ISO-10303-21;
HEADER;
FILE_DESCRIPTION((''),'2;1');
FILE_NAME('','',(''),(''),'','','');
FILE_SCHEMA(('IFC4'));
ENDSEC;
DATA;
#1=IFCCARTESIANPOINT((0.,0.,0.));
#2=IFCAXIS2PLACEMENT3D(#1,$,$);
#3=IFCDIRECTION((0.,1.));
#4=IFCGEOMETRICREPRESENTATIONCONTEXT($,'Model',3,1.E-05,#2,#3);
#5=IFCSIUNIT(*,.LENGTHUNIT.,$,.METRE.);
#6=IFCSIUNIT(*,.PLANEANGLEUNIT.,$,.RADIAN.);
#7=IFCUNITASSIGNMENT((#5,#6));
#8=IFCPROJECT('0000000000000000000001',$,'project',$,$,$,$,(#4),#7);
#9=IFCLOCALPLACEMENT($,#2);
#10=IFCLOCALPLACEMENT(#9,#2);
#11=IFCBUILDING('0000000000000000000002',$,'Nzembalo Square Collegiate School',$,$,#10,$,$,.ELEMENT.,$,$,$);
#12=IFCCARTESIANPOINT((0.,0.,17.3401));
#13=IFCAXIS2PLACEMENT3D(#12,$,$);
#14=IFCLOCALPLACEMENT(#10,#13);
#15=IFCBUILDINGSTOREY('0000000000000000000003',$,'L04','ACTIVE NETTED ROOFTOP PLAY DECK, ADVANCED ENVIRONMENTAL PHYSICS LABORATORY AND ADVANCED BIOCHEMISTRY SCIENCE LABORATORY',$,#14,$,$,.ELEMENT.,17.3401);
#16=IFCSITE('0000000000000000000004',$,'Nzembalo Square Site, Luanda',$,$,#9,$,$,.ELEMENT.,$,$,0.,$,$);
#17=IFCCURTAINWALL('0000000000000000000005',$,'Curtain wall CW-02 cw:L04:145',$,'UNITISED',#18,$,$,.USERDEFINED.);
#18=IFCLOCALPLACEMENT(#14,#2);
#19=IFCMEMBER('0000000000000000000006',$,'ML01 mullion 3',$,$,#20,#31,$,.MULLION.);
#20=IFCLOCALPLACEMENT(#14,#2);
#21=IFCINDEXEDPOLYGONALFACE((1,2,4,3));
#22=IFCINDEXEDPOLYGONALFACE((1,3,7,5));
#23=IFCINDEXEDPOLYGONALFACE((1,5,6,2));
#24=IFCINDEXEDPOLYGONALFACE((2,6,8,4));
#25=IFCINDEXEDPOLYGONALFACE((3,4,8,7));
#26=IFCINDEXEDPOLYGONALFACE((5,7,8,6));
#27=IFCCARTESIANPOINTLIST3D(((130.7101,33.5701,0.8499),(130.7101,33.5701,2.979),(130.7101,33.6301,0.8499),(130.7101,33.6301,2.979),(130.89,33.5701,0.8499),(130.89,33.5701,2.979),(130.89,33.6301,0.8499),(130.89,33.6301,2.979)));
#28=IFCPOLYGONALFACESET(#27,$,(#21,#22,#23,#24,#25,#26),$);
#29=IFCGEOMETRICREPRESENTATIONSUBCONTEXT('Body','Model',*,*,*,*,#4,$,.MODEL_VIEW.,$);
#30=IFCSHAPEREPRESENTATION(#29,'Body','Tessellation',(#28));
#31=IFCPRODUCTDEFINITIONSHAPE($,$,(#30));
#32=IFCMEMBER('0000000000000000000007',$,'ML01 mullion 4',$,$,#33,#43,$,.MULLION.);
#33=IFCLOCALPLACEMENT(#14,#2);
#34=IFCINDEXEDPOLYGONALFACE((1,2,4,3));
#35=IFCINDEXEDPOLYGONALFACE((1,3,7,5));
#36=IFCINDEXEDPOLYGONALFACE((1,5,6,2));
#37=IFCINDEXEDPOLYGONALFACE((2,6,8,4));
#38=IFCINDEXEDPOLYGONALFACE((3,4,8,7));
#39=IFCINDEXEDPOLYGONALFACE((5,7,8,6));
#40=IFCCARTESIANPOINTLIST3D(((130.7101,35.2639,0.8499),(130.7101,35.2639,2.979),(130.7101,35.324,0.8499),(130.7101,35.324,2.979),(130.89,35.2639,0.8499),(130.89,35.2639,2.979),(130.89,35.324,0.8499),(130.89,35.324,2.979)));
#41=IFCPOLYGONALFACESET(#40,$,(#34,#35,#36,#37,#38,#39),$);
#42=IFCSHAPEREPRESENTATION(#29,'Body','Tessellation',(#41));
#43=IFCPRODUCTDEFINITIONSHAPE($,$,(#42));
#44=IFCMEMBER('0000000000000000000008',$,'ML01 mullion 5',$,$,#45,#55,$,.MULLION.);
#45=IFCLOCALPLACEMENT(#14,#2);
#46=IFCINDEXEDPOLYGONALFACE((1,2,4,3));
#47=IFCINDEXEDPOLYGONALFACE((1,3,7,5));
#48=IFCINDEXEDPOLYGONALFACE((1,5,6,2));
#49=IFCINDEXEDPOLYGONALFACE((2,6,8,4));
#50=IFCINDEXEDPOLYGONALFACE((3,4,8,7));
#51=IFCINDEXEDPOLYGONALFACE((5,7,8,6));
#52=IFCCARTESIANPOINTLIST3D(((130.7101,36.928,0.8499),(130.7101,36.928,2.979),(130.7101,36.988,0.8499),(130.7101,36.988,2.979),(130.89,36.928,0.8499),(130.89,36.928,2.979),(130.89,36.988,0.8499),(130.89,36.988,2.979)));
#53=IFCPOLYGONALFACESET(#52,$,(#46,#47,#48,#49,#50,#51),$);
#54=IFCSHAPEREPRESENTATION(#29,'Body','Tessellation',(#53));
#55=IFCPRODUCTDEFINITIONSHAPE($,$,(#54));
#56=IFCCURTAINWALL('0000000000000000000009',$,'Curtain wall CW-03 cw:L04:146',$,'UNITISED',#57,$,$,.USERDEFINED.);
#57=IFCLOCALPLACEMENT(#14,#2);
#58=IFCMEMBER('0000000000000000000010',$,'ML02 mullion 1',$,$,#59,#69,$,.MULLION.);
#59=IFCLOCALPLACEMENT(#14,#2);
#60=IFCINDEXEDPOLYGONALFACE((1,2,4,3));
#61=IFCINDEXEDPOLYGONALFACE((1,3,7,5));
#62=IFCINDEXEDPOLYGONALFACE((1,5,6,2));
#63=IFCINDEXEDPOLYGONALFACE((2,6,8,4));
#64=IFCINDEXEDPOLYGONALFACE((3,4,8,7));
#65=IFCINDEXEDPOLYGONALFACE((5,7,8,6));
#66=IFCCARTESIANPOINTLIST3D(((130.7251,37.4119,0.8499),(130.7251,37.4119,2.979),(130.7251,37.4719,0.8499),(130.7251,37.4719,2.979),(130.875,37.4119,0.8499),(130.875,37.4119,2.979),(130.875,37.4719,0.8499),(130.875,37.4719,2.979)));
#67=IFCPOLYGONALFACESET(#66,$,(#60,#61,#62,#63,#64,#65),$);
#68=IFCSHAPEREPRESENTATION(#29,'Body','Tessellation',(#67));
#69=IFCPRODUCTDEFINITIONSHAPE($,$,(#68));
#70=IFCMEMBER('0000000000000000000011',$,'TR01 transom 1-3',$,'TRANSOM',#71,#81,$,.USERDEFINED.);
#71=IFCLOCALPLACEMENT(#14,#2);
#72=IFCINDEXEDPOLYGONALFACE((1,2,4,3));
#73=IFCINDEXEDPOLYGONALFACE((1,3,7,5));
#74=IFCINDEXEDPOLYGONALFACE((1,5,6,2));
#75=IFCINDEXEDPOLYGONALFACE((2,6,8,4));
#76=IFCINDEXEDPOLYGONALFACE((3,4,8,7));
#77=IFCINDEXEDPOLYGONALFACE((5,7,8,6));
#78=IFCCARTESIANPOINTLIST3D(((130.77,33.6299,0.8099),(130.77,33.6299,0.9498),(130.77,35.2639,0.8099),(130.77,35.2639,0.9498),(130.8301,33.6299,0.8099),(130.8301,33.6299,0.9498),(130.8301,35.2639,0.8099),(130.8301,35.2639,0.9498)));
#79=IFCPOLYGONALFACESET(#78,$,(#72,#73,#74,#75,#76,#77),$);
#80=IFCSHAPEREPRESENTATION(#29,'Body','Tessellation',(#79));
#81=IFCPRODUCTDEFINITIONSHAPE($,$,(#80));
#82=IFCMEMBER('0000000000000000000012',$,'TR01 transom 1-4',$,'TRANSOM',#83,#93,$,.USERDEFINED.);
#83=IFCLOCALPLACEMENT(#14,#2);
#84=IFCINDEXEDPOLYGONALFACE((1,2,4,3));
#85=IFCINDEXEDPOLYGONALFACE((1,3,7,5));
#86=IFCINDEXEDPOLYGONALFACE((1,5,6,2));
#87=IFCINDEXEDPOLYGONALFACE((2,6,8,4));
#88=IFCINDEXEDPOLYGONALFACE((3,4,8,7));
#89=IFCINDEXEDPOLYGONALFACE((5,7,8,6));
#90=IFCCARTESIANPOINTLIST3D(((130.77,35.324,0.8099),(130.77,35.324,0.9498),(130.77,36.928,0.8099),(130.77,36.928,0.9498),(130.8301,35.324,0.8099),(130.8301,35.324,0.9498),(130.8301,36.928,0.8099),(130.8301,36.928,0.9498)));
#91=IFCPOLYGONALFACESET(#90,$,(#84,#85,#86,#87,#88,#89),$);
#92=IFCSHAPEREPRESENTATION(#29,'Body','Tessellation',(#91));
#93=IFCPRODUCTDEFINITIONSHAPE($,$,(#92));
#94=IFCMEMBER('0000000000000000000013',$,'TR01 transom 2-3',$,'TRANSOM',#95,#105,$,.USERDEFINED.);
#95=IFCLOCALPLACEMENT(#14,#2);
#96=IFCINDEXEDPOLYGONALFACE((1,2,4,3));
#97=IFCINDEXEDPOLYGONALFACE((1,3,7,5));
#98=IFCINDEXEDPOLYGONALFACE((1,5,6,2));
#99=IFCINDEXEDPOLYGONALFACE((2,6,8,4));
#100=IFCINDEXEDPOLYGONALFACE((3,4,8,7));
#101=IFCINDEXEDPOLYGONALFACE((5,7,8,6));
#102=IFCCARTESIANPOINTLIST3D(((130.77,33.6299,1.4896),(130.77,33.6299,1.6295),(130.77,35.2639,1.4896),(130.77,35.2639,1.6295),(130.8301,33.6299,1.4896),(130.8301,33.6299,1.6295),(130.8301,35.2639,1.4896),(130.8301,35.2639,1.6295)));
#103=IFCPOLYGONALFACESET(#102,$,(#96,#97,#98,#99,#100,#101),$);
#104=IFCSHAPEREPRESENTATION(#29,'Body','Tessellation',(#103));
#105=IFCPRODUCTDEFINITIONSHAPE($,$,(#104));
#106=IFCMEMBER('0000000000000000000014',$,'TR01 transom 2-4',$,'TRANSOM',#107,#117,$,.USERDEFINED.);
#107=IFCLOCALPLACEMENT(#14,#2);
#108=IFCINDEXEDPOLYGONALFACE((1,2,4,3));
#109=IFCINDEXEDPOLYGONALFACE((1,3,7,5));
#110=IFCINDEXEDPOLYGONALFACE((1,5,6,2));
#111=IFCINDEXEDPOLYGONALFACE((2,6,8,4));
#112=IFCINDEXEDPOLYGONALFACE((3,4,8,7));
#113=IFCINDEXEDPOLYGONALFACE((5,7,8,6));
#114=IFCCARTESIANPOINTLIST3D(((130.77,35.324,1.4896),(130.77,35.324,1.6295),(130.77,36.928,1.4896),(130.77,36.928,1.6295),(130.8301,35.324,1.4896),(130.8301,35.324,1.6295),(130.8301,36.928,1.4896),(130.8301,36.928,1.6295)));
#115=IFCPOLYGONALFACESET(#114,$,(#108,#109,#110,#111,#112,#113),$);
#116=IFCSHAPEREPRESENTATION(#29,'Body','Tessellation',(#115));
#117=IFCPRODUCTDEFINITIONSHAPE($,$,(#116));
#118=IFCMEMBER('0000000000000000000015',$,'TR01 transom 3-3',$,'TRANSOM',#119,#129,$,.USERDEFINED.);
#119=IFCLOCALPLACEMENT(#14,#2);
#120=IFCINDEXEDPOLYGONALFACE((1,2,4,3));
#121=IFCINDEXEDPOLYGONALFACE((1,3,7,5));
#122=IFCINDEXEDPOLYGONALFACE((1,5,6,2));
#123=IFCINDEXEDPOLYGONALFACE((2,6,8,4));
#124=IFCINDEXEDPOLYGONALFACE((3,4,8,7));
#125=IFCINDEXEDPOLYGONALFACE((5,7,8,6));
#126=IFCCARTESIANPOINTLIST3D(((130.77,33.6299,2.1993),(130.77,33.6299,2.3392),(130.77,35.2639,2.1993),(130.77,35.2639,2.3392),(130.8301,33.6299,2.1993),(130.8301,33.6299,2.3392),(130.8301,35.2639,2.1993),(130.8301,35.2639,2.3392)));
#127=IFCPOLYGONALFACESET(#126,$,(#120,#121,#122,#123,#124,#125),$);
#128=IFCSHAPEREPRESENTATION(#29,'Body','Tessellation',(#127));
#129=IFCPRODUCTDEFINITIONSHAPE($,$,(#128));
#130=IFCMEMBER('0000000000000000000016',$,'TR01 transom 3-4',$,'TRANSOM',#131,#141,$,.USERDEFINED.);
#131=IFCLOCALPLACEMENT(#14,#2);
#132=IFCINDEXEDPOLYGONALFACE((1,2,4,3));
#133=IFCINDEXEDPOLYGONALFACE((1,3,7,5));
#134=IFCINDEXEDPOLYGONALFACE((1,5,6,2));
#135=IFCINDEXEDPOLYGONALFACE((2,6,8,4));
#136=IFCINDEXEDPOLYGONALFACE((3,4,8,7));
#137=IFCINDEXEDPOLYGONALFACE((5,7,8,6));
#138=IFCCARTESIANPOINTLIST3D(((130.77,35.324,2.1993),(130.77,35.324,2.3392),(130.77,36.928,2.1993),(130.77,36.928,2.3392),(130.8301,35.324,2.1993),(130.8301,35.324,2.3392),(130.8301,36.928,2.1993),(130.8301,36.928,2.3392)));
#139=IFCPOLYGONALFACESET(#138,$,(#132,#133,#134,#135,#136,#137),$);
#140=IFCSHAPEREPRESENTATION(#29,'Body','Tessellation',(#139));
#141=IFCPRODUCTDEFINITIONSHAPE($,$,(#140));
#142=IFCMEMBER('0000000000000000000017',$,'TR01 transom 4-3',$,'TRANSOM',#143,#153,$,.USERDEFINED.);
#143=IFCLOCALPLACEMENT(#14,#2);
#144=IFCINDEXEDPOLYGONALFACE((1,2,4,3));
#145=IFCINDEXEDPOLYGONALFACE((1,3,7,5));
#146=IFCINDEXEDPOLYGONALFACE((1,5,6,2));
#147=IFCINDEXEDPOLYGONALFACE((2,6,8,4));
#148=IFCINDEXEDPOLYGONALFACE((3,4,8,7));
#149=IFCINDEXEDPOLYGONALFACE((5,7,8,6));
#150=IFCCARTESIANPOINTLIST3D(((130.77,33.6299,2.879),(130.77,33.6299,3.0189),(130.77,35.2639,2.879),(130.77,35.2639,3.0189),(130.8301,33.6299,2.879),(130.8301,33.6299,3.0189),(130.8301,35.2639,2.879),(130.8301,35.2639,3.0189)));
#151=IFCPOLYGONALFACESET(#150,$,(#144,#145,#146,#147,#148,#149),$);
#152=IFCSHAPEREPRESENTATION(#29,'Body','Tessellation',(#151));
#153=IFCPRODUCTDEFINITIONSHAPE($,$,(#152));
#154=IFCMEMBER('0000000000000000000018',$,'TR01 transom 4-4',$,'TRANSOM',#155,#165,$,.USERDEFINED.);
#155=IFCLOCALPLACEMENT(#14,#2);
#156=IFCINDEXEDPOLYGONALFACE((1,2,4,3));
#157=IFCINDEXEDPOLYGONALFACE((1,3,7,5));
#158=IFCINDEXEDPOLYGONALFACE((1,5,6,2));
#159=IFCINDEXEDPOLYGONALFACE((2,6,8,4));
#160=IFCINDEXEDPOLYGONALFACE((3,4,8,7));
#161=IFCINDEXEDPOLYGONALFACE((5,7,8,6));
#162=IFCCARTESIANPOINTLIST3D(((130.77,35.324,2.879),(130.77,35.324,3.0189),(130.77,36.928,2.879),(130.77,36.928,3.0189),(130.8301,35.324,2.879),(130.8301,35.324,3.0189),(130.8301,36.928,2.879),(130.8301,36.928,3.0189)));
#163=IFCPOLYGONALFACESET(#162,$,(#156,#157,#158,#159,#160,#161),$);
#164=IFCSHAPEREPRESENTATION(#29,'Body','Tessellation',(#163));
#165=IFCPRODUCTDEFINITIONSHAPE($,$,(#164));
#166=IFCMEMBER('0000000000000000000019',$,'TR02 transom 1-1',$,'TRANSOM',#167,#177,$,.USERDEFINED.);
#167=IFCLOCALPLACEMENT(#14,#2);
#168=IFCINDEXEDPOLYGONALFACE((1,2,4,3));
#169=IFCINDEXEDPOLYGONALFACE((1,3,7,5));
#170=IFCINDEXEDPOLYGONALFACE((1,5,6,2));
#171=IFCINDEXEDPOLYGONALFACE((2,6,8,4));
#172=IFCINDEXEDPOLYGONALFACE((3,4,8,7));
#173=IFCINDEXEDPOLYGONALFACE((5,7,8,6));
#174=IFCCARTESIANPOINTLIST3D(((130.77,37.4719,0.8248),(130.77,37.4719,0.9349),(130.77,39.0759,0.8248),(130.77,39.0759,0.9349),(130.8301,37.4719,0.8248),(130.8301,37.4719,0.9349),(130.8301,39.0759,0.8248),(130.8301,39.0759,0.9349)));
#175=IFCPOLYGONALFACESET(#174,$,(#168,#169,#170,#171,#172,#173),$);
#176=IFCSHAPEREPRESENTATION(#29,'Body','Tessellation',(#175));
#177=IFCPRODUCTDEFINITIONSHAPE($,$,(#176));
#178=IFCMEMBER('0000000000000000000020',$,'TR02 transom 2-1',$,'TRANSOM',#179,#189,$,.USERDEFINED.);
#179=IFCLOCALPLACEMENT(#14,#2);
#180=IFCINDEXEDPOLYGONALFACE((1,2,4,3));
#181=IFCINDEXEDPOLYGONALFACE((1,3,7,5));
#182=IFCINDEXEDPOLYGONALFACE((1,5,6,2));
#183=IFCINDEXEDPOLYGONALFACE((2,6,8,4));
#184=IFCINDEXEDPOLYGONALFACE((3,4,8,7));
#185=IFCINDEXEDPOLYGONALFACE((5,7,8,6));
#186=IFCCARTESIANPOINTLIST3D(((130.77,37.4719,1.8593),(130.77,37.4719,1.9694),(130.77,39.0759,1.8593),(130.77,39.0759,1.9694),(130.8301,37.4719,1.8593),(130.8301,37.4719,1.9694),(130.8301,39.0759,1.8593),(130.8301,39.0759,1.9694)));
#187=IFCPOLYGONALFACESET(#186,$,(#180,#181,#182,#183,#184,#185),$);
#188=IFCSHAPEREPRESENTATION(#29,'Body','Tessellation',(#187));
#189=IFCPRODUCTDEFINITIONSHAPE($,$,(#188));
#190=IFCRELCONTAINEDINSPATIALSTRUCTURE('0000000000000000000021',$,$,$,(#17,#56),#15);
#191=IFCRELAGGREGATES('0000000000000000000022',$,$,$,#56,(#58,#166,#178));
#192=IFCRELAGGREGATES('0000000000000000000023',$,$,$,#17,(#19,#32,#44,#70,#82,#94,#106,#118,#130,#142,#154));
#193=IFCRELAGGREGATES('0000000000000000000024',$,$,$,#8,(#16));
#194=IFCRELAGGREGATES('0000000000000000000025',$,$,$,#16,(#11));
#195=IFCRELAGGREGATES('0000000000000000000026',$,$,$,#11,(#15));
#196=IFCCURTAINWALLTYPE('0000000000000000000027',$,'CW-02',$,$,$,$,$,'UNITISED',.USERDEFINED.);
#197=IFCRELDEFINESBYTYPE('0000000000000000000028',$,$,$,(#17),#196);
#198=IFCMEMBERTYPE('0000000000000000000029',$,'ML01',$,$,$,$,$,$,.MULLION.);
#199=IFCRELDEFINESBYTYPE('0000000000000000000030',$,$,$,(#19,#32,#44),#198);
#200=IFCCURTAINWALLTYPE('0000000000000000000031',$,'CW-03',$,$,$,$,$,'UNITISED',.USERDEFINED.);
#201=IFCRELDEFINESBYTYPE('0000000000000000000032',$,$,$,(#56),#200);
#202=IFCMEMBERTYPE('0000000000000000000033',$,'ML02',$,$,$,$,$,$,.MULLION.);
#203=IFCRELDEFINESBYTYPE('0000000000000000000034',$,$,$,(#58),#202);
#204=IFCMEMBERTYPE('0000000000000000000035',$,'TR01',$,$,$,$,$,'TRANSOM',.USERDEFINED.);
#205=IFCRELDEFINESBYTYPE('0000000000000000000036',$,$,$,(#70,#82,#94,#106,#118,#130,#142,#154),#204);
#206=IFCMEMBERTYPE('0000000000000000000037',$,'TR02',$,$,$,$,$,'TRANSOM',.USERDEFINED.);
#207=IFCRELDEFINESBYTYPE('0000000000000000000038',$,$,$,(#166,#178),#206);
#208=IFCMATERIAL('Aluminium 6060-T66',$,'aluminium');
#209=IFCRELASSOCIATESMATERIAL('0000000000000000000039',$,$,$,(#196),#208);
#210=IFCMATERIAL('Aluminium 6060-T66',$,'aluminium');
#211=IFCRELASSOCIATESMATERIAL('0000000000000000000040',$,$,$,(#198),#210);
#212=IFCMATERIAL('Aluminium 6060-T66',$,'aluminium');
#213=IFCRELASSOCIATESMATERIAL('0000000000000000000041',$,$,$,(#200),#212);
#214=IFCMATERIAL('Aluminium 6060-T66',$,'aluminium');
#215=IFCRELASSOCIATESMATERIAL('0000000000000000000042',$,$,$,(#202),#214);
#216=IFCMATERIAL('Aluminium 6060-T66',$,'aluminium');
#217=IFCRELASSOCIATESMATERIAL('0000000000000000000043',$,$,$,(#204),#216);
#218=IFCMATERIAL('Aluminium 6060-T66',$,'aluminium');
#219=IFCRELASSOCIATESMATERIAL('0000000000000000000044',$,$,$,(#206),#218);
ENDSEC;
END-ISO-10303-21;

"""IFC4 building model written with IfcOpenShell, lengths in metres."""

from ifc_helpers import new_model, si_unit, direction, frame, origin, origin_2d, place, context, subcontext, project, spatial, rectangle, extrude, material, material_profile, profile_set, type_object, element, aggregate, save


model = new_model("IFC4")

# Units and contexts
model_context = context("Model", 3, precision=1e-05, world=origin(), true_north=direction((0.0, 1.0)))
body_context = subcontext(model_context, "Body", "Model", "MODEL_VIEW")
ifc_project = project(units=[si_unit("LENGTHUNIT", "METRE"), si_unit("PLANEANGLEUNIT", "RADIAN")], contexts=[model_context])

# Site, building, storey
site_placement = place(None, origin())
site = spatial("IfcSite", under=ifc_project, at=site_placement, Name="Nzembalo Square Site, Luanda", CompositionType="ELEMENT", RefElevation=0.0)
building_placement = place(site_placement, origin())
building = spatial("IfcBuilding", under=site, at=building_placement, Name="Nzembalo Square Collegiate School", CompositionType="ELEMENT")
storey_placement = place(building_placement, frame((0.0, 0.0, 17.3401)))
storey = spatial("IfcBuildingStorey", under=building, at=storey_placement, Name="L04", Description="ACTIVE NETTED ROOFTOP PLAY DECK, ADVANCED ENVIRONMENTAL PHYSICS LABORATORY AND ADVANCED BIOCHEMISTRY SCIENCE LABORATORY", CompositionType="ELEMENT", Elevation=17.3401)

# Curtain wall, members
ifc_material_1 = material(Name="Aluminium 6060-T66", Category="aluminium")
curtain_wall_type_1 = type_object("IfcCurtainWallType", Name="CW-02", ElementType="UNITISED", PredefinedType="USERDEFINED", material=ifc_material_1)
curtain_wall_1_placement = place(storey_placement, origin())
curtain_wall_1 = element("IfcCurtainWall", 1, at=curtain_wall_1_placement, inside=storey, type_object=curtain_wall_type_1, Name="Curtain wall CW-02 cw:L04:145", ObjectType="UNITISED", PredefinedType="USERDEFINED")
ifc_material_2 = material(Name="Aluminium 6060-T66", Category="aluminium")
ifc_material_profile_1 = material_profile(ifc_material_2, rectangle(XDim=0.0601, YDim=0.1799, at=origin_2d()), Name="ALU M60x180")
ifc_profile_set_1 = profile_set([ifc_material_profile_1], Name="Aluminium 6060-T66")
member_type_1 = type_object("IfcMemberType", Name="ML01", PredefinedType="MULLION", material=ifc_profile_set_1)
member_1_placement = place(storey_placement, frame((130.8, 33.6001, 0.8499), z_axis=(0.0, 0.0, 1.0), x_axis=(0.0, 1.0, 0.0)))
member_1 = element("IfcMember", 2, at=member_1_placement, type_object=member_type_1, Name="ML01 mullion 3", PredefinedType="MULLION", context=body_context, shape_type="SweptSolid", body=[
    extrude(rectangle(XDim=0.0601, YDim=0.1799, at=origin_2d()), origin(), (0.0, 0.0, 1.0), 2.1292),
])
member_2_placement = place(storey_placement, frame((130.8, 35.2939, 0.8499), z_axis=(0.0, 0.0, 1.0), x_axis=(0.0, 1.0, 0.0)))
member_2 = element("IfcMember", 3, at=member_2_placement, type_object=member_type_1, Name="ML01 mullion 4", PredefinedType="MULLION", context=body_context, shape_type="SweptSolid", body=[
    extrude(rectangle(XDim=0.0601, YDim=0.1799, at=origin_2d()), origin(), (0.0, 0.0, 1.0), 2.1292),
])
member_3_placement = place(storey_placement, frame((130.8, 36.958, 0.8499), z_axis=(0.0, 0.0, 1.0), x_axis=(0.0, 1.0, 0.0)))
member_3 = element("IfcMember", 4, at=member_3_placement, type_object=member_type_1, Name="ML01 mullion 5", PredefinedType="MULLION", context=body_context, shape_type="SweptSolid", body=[
    extrude(rectangle(XDim=0.0601, YDim=0.1799, at=origin_2d()), origin(), (0.0, 0.0, 1.0), 2.1292),
])

# Curtain wall, member
ifc_material_3 = material(Name="Aluminium 6060-T66", Category="aluminium")
curtain_wall_type_2 = type_object("IfcCurtainWallType", Name="CW-03", ElementType="UNITISED", PredefinedType="USERDEFINED", material=ifc_material_3)
curtain_wall_2_placement = place(storey_placement, origin())
curtain_wall_2 = element("IfcCurtainWall", 5, at=curtain_wall_2_placement, inside=storey, type_object=curtain_wall_type_2, Name="Curtain wall CW-03 cw:L04:146", ObjectType="UNITISED", PredefinedType="USERDEFINED")
ifc_material_4 = material(Name="Aluminium 6060-T66", Category="aluminium")
ifc_material_profile_2 = material_profile(ifc_material_4, rectangle(XDim=0.0601, YDim=0.1499, at=origin_2d()), Name="ALU M60x150")
ifc_profile_set_2 = profile_set([ifc_material_profile_2], Name="Aluminium 6060-T66")
member_type_2 = type_object("IfcMemberType", Name="ML02", PredefinedType="MULLION", material=ifc_profile_set_2)
member_4_placement = place(storey_placement, frame((130.8, 37.4419, 0.8499), z_axis=(0.0, 0.0, 1.0), x_axis=(0.0, 1.0, 0.0)))
member_4 = element("IfcMember", 6, at=member_4_placement, type_object=member_type_2, Name="ML02 mullion 1", PredefinedType="MULLION", context=body_context, shape_type="SweptSolid", body=[
    extrude(rectangle(XDim=0.0601, YDim=0.1499, at=origin_2d()), origin(), (0.0, 0.0, 1.0), 2.1292),
])

# Members
ifc_material_5 = material(Name="Aluminium 6060-T66", Category="aluminium")
ifc_material_profile_3 = material_profile(ifc_material_5, rectangle(XDim=0.0601, YDim=0.1399, at=origin_2d()), Name="ALU T60x140")
ifc_profile_set_3 = profile_set([ifc_material_profile_3], Name="Aluminium 6060-T66")
member_type_3 = type_object("IfcMemberType", Name="TR01", ElementType="TRANSOM", PredefinedType="USERDEFINED", material=ifc_profile_set_3)
member_5_placement = place(storey_placement, frame((130.8, 33.6299, 0.8799), z_axis=(0.0, 1.0, 0.0), x_axis=(-1.0, 0.0, 0.0)))
member_5 = element("IfcMember", 7, at=member_5_placement, type_object=member_type_3, Name="TR01 transom 1-3", ObjectType="TRANSOM", PredefinedType="USERDEFINED", context=body_context, shape_type="SweptSolid", body=[
    extrude(rectangle(XDim=0.0601, YDim=0.1399, at=origin_2d()), origin(), (0.0, 0.0, 1.0), 1.634),
])
member_6_placement = place(storey_placement, frame((130.8, 35.324, 0.8799), z_axis=(0.0, 1.0, 0.0), x_axis=(-1.0, 0.0, 0.0)))
member_6 = element("IfcMember", 8, at=member_6_placement, type_object=member_type_3, Name="TR01 transom 1-4", ObjectType="TRANSOM", PredefinedType="USERDEFINED", context=body_context, shape_type="SweptSolid", body=[
    extrude(rectangle(XDim=0.0601, YDim=0.1399, at=origin_2d()), origin(), (0.0, 0.0, 1.0), 1.604),
])
member_7_placement = place(storey_placement, frame((130.8, 33.6299, 1.5596), z_axis=(0.0, 1.0, 0.0), x_axis=(-1.0, 0.0, 0.0)))
member_7 = element("IfcMember", 9, at=member_7_placement, type_object=member_type_3, Name="TR01 transom 2-3", ObjectType="TRANSOM", PredefinedType="USERDEFINED", context=body_context, shape_type="SweptSolid", body=[
    extrude(rectangle(XDim=0.0601, YDim=0.1399, at=origin_2d()), origin(), (0.0, 0.0, 1.0), 1.634),
])
member_8_placement = place(storey_placement, frame((130.8, 35.324, 1.5596), z_axis=(0.0, 1.0, 0.0), x_axis=(-1.0, 0.0, 0.0)))
member_8 = element("IfcMember", 10, at=member_8_placement, type_object=member_type_3, Name="TR01 transom 2-4", ObjectType="TRANSOM", PredefinedType="USERDEFINED", context=body_context, shape_type="SweptSolid", body=[
    extrude(rectangle(XDim=0.0601, YDim=0.1399, at=origin_2d()), origin(), (0.0, 0.0, 1.0), 1.604),
])
member_9_placement = place(storey_placement, frame((130.8, 33.6299, 2.2693), z_axis=(0.0, 1.0, 0.0), x_axis=(-1.0, 0.0, 0.0)))
member_9 = element("IfcMember", 11, at=member_9_placement, type_object=member_type_3, Name="TR01 transom 3-3", ObjectType="TRANSOM", PredefinedType="USERDEFINED", context=body_context, shape_type="SweptSolid", body=[
    extrude(rectangle(XDim=0.0601, YDim=0.1399, at=origin_2d()), origin(), (0.0, 0.0, 1.0), 1.634),
])
member_10_placement = place(storey_placement, frame((130.8, 35.324, 2.2693), z_axis=(0.0, 1.0, 0.0), x_axis=(-1.0, 0.0, 0.0)))
member_10 = element("IfcMember", 12, at=member_10_placement, type_object=member_type_3, Name="TR01 transom 3-4", ObjectType="TRANSOM", PredefinedType="USERDEFINED", context=body_context, shape_type="SweptSolid", body=[
    extrude(rectangle(XDim=0.0601, YDim=0.1399, at=origin_2d()), origin(), (0.0, 0.0, 1.0), 1.604),
])
member_11_placement = place(storey_placement, frame((130.8, 33.6299, 2.949), z_axis=(0.0, 1.0, 0.0), x_axis=(-1.0, 0.0, 0.0)))
member_11 = element("IfcMember", 13, at=member_11_placement, type_object=member_type_3, Name="TR01 transom 4-3", ObjectType="TRANSOM", PredefinedType="USERDEFINED", context=body_context, shape_type="SweptSolid", body=[
    extrude(rectangle(XDim=0.0601, YDim=0.1399, at=origin_2d()), origin(), (0.0, 0.0, 1.0), 1.634),
])
member_12_placement = place(storey_placement, frame((130.8, 35.324, 2.949), z_axis=(0.0, 1.0, 0.0), x_axis=(-1.0, 0.0, 0.0)))
member_12 = element("IfcMember", 14, at=member_12_placement, type_object=member_type_3, Name="TR01 transom 4-4", ObjectType="TRANSOM", PredefinedType="USERDEFINED", context=body_context, shape_type="SweptSolid", body=[
    extrude(rectangle(XDim=0.0601, YDim=0.1399, at=origin_2d()), origin(), (0.0, 0.0, 1.0), 1.604),
])
ifc_material_6 = material(Name="Aluminium 6060-T66", Category="aluminium")
ifc_material_profile_4 = material_profile(ifc_material_6, rectangle(XDim=0.0601, YDim=0.1101, at=origin_2d()), Name="ALU T60x110")
ifc_profile_set_4 = profile_set([ifc_material_profile_4], Name="Aluminium 6060-T66")
member_type_4 = type_object("IfcMemberType", Name="TR02", ElementType="TRANSOM", PredefinedType="USERDEFINED", material=ifc_profile_set_4)
member_13_placement = place(storey_placement, frame((130.8, 37.4719, 0.8799), z_axis=(0.0, 1.0, 0.0), x_axis=(-1.0, 0.0, 0.0)))
member_13 = element("IfcMember", 15, at=member_13_placement, type_object=member_type_4, Name="TR02 transom 1-1", ObjectType="TRANSOM", PredefinedType="USERDEFINED", context=body_context, shape_type="SweptSolid", body=[
    extrude(rectangle(XDim=0.0601, YDim=0.1101, at=origin_2d()), origin(), (0.0, 0.0, 1.0), 1.604),
])
member_14_placement = place(storey_placement, frame((130.8, 37.4719, 1.9143), z_axis=(0.0, 1.0, 0.0), x_axis=(-1.0, 0.0, 0.0)))
member_14 = element("IfcMember", 16, at=member_14_placement, type_object=member_type_4, Name="TR02 transom 2-1", ObjectType="TRANSOM", PredefinedType="USERDEFINED", context=body_context, shape_type="SweptSolid", body=[
    extrude(rectangle(XDim=0.0601, YDim=0.1101, at=origin_2d()), origin(), (0.0, 0.0, 1.0), 1.604),
])
aggregate(curtain_wall_2, [member_4, member_13, member_14])

aggregate(curtain_wall_1, [member_1, member_2, member_3, member_5, member_6, member_7, member_8, member_9, member_10, member_11, member_12])

save(model, "model.ifc")
